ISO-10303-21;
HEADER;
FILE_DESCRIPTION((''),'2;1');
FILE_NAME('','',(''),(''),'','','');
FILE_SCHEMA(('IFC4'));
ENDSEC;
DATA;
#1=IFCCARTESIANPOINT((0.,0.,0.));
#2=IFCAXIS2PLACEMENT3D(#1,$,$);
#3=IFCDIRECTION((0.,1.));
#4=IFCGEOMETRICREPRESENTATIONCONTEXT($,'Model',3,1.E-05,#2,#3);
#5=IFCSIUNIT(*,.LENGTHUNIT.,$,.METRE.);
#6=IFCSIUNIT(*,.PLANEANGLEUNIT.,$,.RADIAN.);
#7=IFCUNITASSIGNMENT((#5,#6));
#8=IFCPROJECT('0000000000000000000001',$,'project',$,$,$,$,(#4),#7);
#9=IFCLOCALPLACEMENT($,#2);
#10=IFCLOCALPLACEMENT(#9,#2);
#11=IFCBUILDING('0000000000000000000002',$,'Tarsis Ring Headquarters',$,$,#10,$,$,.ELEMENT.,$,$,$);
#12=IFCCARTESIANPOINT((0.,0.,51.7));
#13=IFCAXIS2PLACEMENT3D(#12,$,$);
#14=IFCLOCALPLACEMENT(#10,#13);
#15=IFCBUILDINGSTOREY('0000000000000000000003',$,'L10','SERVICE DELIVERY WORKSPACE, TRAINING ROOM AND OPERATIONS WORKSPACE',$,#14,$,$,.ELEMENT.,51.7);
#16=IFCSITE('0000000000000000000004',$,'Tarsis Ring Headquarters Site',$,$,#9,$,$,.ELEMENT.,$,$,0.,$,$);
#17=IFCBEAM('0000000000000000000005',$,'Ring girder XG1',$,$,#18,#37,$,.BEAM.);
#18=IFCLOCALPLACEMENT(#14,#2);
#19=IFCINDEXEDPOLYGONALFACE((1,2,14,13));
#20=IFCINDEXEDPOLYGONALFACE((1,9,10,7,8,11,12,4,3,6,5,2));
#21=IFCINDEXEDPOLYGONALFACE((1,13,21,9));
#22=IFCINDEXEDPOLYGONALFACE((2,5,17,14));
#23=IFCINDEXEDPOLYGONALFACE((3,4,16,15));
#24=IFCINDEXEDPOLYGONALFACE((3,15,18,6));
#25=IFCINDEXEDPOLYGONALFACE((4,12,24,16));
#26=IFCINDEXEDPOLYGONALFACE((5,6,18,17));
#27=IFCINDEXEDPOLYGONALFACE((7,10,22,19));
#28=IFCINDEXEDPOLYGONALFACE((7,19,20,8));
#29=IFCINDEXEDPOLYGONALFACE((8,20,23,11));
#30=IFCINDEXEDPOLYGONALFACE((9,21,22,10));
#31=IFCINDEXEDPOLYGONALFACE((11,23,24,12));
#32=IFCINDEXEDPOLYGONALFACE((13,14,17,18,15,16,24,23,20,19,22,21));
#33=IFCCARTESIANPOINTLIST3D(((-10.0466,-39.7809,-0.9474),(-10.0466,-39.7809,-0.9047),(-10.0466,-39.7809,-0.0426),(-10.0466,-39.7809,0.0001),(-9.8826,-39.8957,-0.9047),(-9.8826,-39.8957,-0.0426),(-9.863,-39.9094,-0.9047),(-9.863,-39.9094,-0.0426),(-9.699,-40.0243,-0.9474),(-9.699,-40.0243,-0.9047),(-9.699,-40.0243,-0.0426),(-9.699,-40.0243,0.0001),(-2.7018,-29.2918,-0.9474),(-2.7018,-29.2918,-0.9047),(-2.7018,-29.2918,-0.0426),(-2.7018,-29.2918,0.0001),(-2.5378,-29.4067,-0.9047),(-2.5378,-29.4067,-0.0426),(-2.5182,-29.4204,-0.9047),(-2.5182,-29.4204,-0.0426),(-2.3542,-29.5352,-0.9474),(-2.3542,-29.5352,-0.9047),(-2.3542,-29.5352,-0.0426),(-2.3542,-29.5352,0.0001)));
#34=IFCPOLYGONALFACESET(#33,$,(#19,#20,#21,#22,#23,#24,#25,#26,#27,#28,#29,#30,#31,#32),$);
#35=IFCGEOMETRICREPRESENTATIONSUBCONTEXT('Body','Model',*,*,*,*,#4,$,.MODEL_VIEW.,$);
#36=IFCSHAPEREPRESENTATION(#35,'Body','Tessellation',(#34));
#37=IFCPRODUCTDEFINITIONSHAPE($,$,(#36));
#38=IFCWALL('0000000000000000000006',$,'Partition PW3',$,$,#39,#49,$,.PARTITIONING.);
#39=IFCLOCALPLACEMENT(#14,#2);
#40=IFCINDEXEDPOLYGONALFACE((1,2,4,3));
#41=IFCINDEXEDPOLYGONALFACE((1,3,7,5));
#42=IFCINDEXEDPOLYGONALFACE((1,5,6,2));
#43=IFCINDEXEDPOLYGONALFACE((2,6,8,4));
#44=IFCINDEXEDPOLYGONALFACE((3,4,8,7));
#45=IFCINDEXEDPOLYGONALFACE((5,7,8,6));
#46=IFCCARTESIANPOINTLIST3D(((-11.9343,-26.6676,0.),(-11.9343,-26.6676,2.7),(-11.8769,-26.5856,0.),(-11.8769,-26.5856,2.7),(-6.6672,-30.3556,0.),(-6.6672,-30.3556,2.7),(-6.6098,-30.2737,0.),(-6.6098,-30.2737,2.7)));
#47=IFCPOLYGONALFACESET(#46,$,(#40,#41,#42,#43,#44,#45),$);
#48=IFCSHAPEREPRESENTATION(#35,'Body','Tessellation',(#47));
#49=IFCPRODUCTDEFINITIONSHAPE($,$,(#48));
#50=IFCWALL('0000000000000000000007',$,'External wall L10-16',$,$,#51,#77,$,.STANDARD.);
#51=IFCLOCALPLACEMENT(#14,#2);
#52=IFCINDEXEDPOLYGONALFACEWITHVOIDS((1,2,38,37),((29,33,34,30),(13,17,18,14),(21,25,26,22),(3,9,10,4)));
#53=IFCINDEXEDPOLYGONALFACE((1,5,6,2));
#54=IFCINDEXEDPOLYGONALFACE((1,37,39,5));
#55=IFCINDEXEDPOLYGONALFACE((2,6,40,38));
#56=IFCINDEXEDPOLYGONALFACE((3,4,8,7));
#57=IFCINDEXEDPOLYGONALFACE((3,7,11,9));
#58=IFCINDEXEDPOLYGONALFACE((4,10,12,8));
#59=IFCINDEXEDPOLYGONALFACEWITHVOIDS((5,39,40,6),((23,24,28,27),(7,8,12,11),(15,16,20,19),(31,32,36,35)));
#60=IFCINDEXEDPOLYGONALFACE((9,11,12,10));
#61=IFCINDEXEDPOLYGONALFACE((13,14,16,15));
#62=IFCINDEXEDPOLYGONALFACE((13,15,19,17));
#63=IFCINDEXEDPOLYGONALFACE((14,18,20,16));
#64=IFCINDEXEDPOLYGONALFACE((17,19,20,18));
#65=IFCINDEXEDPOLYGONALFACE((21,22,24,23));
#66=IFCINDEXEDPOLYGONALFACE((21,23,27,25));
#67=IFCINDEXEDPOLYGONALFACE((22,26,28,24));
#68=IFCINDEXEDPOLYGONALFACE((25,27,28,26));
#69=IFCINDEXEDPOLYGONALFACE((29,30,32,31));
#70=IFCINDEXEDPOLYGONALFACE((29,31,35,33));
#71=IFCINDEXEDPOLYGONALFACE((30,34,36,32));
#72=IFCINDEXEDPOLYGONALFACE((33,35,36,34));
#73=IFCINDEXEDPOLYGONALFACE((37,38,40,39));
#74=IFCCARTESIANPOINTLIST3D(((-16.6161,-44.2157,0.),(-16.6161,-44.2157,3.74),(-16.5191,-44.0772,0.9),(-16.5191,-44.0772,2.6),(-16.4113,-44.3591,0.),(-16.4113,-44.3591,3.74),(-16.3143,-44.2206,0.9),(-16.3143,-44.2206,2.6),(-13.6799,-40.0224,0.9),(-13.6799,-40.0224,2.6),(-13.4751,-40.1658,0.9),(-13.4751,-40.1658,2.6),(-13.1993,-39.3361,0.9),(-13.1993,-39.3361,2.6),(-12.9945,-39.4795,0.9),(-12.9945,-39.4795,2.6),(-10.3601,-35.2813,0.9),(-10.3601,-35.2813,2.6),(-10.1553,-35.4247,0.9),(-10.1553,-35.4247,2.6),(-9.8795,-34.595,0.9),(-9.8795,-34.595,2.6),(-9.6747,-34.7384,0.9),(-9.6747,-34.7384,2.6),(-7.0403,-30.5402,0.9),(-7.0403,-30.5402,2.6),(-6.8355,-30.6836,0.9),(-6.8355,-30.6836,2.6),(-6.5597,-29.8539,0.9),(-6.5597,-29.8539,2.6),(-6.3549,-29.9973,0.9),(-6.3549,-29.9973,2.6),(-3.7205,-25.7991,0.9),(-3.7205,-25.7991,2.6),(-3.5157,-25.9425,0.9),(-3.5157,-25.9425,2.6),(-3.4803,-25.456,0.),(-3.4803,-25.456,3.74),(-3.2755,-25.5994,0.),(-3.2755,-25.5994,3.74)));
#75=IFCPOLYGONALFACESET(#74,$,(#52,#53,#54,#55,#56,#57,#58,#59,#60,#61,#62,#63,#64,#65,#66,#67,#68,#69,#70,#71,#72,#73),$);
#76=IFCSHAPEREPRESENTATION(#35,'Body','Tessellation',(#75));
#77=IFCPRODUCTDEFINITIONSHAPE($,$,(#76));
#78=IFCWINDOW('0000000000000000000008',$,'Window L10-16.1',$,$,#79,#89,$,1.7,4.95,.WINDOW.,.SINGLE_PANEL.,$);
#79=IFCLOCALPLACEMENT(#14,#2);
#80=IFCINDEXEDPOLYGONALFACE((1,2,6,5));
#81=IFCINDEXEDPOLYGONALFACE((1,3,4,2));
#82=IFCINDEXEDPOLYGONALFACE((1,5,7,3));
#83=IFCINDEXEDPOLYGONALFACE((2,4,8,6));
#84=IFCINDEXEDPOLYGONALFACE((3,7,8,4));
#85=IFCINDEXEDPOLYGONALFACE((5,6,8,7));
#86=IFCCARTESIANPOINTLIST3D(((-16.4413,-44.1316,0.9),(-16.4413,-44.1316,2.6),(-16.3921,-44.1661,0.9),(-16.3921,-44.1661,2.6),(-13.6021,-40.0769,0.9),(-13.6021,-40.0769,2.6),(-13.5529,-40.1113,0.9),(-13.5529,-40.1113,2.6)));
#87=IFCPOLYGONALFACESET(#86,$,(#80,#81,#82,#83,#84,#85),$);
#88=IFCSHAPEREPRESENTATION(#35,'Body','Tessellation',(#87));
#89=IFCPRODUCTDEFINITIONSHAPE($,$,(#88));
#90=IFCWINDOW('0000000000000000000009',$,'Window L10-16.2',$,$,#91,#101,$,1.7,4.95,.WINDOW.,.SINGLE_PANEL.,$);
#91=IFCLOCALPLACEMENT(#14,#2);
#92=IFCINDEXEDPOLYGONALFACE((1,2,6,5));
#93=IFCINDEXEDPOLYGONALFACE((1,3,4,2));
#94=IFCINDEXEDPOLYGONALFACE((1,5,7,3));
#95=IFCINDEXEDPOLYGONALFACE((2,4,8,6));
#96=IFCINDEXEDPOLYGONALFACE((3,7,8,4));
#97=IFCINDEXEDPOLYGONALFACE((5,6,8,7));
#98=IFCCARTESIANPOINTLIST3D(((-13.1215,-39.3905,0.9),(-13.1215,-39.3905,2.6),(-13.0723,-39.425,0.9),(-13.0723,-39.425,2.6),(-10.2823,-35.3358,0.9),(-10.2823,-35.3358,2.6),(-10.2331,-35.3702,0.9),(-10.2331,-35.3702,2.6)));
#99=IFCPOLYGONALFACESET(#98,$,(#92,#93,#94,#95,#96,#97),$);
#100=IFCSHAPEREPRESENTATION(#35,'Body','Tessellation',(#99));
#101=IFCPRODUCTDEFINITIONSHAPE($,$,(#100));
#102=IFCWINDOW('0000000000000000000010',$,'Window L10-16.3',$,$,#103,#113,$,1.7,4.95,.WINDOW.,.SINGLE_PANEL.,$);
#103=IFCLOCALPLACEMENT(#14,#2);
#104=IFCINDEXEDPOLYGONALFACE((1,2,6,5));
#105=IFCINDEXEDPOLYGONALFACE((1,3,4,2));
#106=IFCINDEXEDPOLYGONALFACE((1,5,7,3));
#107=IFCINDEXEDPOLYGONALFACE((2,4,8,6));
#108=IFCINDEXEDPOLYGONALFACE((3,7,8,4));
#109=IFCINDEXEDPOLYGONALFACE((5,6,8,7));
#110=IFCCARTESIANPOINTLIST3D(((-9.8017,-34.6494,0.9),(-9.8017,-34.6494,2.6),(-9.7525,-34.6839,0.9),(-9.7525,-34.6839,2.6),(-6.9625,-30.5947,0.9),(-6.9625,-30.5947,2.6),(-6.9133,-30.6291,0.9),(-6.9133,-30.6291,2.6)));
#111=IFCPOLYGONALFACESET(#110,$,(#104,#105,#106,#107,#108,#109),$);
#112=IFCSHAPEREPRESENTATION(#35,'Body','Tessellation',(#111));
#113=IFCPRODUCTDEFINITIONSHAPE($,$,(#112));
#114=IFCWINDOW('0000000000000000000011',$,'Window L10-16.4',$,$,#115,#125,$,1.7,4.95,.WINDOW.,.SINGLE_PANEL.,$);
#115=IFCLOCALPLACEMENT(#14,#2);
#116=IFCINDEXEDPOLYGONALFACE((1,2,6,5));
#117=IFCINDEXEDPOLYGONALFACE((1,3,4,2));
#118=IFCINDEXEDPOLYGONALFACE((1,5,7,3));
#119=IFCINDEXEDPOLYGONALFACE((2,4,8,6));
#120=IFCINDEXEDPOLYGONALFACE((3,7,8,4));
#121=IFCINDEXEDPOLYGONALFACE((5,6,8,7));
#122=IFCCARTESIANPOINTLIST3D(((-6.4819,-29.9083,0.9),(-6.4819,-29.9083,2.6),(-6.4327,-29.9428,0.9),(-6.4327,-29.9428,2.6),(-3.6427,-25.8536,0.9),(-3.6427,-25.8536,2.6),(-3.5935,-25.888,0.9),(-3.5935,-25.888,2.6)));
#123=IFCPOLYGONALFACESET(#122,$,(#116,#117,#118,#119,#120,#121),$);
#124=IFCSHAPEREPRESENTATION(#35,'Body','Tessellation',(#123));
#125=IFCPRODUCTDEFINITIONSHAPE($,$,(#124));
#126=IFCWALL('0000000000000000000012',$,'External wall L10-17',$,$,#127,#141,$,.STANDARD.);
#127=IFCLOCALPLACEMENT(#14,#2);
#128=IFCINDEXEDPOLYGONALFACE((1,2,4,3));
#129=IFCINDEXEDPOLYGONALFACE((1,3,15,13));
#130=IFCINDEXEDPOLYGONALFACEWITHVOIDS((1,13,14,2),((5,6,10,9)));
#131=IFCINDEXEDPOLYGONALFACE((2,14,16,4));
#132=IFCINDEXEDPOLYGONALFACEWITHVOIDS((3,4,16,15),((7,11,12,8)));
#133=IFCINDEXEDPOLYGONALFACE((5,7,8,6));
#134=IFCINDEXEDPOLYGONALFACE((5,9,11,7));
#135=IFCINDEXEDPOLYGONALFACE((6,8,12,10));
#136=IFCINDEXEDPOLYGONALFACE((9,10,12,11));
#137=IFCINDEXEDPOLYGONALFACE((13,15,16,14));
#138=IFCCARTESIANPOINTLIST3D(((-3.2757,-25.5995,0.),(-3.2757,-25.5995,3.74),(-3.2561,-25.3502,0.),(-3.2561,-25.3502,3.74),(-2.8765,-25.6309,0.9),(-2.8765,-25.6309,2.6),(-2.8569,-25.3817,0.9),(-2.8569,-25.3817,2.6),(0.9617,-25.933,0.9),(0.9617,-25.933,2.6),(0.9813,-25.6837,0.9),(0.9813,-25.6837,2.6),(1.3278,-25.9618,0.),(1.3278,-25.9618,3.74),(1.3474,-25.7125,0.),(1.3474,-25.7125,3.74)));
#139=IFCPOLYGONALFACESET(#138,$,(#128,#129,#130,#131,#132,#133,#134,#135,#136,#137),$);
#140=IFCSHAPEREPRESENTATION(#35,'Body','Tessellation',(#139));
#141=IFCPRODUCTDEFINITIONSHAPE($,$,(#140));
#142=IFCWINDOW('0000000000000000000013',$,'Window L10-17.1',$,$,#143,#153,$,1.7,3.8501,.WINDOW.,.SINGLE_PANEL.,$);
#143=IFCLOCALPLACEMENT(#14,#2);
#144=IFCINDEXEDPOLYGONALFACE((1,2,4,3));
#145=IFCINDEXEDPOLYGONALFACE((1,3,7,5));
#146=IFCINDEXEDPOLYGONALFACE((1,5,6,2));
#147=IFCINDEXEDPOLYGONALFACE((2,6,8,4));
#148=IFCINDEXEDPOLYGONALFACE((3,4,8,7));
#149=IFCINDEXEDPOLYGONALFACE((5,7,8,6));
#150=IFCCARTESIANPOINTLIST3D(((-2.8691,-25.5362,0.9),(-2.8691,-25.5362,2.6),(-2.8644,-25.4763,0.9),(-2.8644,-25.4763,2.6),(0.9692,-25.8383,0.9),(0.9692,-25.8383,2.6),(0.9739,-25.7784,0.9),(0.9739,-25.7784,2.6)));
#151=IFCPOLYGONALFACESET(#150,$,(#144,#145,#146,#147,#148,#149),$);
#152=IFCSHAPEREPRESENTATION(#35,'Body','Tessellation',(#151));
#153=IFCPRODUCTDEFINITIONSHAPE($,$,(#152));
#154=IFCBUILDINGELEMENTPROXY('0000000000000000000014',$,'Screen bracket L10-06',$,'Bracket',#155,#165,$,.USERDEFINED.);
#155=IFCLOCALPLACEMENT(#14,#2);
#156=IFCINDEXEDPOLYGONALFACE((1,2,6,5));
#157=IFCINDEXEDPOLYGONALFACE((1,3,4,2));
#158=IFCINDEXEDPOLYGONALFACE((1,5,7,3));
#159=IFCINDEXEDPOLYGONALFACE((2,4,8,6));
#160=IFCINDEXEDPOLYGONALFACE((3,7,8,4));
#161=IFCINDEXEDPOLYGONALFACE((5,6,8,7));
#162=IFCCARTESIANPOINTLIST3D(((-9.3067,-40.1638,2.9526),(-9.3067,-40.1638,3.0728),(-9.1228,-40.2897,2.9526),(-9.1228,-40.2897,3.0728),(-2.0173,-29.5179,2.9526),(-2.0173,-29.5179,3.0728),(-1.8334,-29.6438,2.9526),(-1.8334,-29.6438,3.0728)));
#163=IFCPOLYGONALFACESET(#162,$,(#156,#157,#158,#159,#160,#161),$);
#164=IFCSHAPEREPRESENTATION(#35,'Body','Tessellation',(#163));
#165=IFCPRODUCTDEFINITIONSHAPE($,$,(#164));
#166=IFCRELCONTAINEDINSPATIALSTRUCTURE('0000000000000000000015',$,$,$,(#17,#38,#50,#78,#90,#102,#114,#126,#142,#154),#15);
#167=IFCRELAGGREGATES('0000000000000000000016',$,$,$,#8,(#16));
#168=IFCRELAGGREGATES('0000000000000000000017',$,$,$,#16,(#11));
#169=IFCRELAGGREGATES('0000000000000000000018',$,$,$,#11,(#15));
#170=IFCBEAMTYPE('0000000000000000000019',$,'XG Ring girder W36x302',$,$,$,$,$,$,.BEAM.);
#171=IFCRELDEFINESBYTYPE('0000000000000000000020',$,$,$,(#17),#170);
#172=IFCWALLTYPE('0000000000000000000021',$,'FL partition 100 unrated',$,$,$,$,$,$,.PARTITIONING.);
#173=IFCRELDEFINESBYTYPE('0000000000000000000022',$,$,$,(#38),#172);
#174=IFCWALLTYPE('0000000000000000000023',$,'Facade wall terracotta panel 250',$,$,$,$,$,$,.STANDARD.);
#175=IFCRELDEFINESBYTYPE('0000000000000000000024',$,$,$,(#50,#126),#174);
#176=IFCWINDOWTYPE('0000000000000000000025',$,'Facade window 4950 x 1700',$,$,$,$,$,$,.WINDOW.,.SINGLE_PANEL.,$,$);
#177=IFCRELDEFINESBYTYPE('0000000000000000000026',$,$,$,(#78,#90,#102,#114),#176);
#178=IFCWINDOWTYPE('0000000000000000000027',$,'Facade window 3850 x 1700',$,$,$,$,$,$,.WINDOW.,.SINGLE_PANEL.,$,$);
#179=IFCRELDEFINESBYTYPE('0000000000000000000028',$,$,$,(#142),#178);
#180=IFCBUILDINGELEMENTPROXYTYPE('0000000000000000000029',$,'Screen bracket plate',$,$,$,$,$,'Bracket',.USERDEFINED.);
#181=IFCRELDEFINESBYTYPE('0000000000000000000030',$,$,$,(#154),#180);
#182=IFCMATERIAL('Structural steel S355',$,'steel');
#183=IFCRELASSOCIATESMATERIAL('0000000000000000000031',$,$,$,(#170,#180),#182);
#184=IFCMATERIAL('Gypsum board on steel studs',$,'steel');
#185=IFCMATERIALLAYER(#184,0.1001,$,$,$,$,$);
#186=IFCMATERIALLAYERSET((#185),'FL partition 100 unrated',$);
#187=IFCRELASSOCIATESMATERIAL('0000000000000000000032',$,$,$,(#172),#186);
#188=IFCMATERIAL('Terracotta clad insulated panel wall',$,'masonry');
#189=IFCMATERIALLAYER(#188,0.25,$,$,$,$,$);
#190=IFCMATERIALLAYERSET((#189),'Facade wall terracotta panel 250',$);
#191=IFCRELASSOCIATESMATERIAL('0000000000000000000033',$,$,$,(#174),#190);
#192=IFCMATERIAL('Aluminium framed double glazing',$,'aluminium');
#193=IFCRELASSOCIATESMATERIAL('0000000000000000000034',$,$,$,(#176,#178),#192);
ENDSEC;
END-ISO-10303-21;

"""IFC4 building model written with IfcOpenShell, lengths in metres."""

from ifc_helpers import new_model, si_unit, direction, frame, frame_2d, origin, origin_2d, place, context, subcontext, project, spatial, rectangle, i_section, extrude, material, layer, layer_set, material_profile, profile_set, type_object, element, fill, save


model = new_model("IFC4")

# Units and contexts
model_context = context("Model", 3, precision=1e-05, world=origin(), true_north=direction((0.0, 1.0)))
body_context = subcontext(model_context, "Body", "Model", "MODEL_VIEW")
ifc_project = project(units=[si_unit("LENGTHUNIT", "METRE"), si_unit("PLANEANGLEUNIT", "RADIAN")], contexts=[model_context])

# Site, building, storey
site_placement = place(None, origin())
site = spatial("IfcSite", under=ifc_project, at=site_placement, Name="Tarsis Ring Headquarters Site", CompositionType="ELEMENT", RefElevation=0.0)
building_placement = place(site_placement, origin())
building = spatial("IfcBuilding", under=site, at=building_placement, Name="Tarsis Ring Headquarters", CompositionType="ELEMENT")
storey_placement = place(building_placement, frame((0.0, 0.0, 51.7)))
storey = spatial("IfcBuildingStorey", under=building, at=storey_placement, Name="L10", Description="SERVICE DELIVERY WORKSPACE, TRAINING ROOM AND OPERATIONS WORKSPACE", CompositionType="ELEMENT", Elevation=51.7)

# Beam
ifc_material_1 = material(Name="Structural steel S355", Category="steel")
ifc_material_profile_1 = material_profile(ifc_material_1, i_section(OverallWidth=0.4243, OverallDepth=0.9475, WebThickness=0.0239, FlangeThickness=0.0427, at=origin_2d()), Name="W36x302")
ifc_profile_set_1 = profile_set([ifc_material_profile_1], Name="Structural steel S355")
beam_type = type_object("IfcBeamType", Name="XG Ring girder W36x302", PredefinedType="BEAM", material=ifc_profile_set_1)
beam_placement = place(storey_placement, frame((-9.8728, -39.9026, -0.4736), z_axis=(0.573589, 0.819143, 0.0), x_axis=(-0.819143, 0.573589, 0.0)))
element("IfcBeam", 1, at=beam_placement, inside=storey, type_object=beam_type, Name="Ring girder XG1", PredefinedType="BEAM", context=body_context, shape_type="SweptSolid", body=[
    extrude(i_section(OverallWidth=0.4243, OverallDepth=0.9475, WebThickness=0.0239, FlangeThickness=0.0427, at=origin_2d()), origin(), (0.0, 0.0, 1.0), 12.8049),
])

# Wall
ifc_material_2 = material(Name="Gypsum board on steel studs", Category="steel")
ifc_layer_1 = layer(ifc_material_2, 0.1001)
ifc_layer_set_1 = layer_set([ifc_layer_1], Name="FL partition 100 unrated")
wall_type_1 = type_object("IfcWallType", Name="FL partition 100 unrated", PredefinedType="PARTITIONING", material=ifc_layer_set_1)
wall_1_placement = place(storey_placement, frame((-11.9055, -26.6267, 0.0), z_axis=(0.0, 0.0, 1.0), x_axis=(0.819157, -0.573569, 0.0)))
element("IfcWall", 2, at=wall_1_placement, inside=storey, type_object=wall_type_1, Name="Partition PW3", PredefinedType="PARTITIONING", context=body_context, shape_type="SweptSolid", body=[
    extrude(rectangle(XDim=6.4299, YDim=0.1001, at=frame_2d((3.2148, 0.0))), origin(), (0.0, 0.0, 1.0), 2.7),
])

# Wall, openings, windows
ifc_material_3 = material(Name="Terracotta clad insulated panel wall", Category="masonry")
ifc_layer_2 = layer(ifc_material_3, 0.25)
ifc_layer_set_2 = layer_set([ifc_layer_2], Name="Facade wall terracotta panel 250")
wall_type_2 = type_object("IfcWallType", Name="Facade wall terracotta panel 250", PredefinedType="STANDARD", material=ifc_layer_set_2)
wall_2_placement = place(storey_placement, frame((-16.5137, -44.2874, 0.0), z_axis=(0.0, 0.0, 1.0), x_axis=(0.573582, 0.819148, 0.0)))
wall_2 = element("IfcWall", 3, at=wall_2_placement, inside=storey, type_object=wall_type_2, Name="External wall L10-16", PredefinedType="STANDARD", context=body_context, shape_type="SweptSolid", body=[
    extrude(rectangle(XDim=22.9014, YDim=0.25, at=frame_2d((11.4507, 0.0))), origin(), (0.0, 0.0, 1.0), 3.74),
])
opening_1_placement = place(wall_2_placement, frame((0.1689, 0.0, 0.8999)))
opening_1 = element("IfcOpeningElement", 4, at=opening_1_placement, cuts=wall_2, PredefinedType="OPENING", context=body_context, shape_type="SweptSolid", body=[
    extrude(rectangle(XDim=4.95, YDim=1.7, at=frame_2d((2.4751, 0.8501))), frame((0.0, 0.135, 0.0), z_axis=(0.0, -1.0, 0.0), x_axis=(1.0, 0.0, 0.0)), (0.0, 0.0, 1.0), 0.27),
])
opening_2_placement = place(wall_2_placement, frame((5.9568, 0.0, 0.8999)))
opening_2 = element("IfcOpeningElement", 5, at=opening_2_placement, cuts=wall_2, PredefinedType="OPENING", context=body_context, shape_type="SweptSolid", body=[
    extrude(rectangle(XDim=4.95, YDim=1.7, at=frame_2d((2.4751, 0.8501))), frame((0.0, 0.135, 0.0), z_axis=(0.0, -1.0, 0.0), x_axis=(1.0, 0.0, 0.0)), (0.0, 0.0, 1.0), 0.27),
])
opening_3_placement = place(wall_2_placement, frame((11.7446, 0.0, 0.8999)))
opening_3 = element("IfcOpeningElement", 6, at=opening_3_placement, cuts=wall_2, PredefinedType="OPENING", context=body_context, shape_type="SweptSolid", body=[
    extrude(rectangle(XDim=4.95, YDim=1.7, at=frame_2d((2.4751, 0.8501))), frame((0.0, 0.135, 0.0), z_axis=(0.0, -1.0, 0.0), x_axis=(1.0, 0.0, 0.0)), (0.0, 0.0, 1.0), 0.27),
])
opening_4_placement = place(wall_2_placement, frame((17.5325, 0.0, 0.8999)))
opening_4 = element("IfcOpeningElement", 7, at=opening_4_placement, cuts=wall_2, PredefinedType="OPENING", context=body_context, shape_type="SweptSolid", body=[
    extrude(rectangle(XDim=4.95, YDim=1.7, at=frame_2d((2.4751, 0.8501))), frame((0.0, 0.135, 0.0), z_axis=(0.0, -1.0, 0.0), x_axis=(1.0, 0.0, 0.0)), (0.0, 0.0, 1.0), 0.27),
])
ifc_material_4 = material(Name="Aluminium framed double glazing", Category="aluminium")
window_type_1 = type_object("IfcWindowType", Name="Facade window 4950 x 1700", PartitioningType="SINGLE_PANEL", PredefinedType="WINDOW", material=ifc_material_4)
window_1_placement = place(opening_1_placement, origin())
window_1 = element("IfcWindow", 8, at=window_1_placement, inside=storey, type_object=window_type_1, Name="Window L10-16.1", OverallHeight=1.7, OverallWidth=4.95, PartitioningType="SINGLE_PANEL", PredefinedType="WINDOW", context=body_context, shape_type="SweptSolid", body=[
    extrude(rectangle(XDim=4.95, YDim=1.7, at=frame_2d((2.4751, 0.8501))), frame((0.0, 0.03, 0.0), z_axis=(0.0, -1.0, 0.0), x_axis=(1.0, 0.0, 0.0)), (0.0, 0.0, 1.0), 0.0601),
])
fill(opening_1, window_1)
window_2_placement = place(opening_2_placement, origin())
window_2 = element("IfcWindow", 9, at=window_2_placement, inside=storey, type_object=window_type_1, Name="Window L10-16.2", OverallHeight=1.7, OverallWidth=4.95, PartitioningType="SINGLE_PANEL", PredefinedType="WINDOW", context=body_context, shape_type="SweptSolid", body=[
    extrude(rectangle(XDim=4.95, YDim=1.7, at=frame_2d((2.4751, 0.8501))), frame((0.0, 0.03, 0.0), z_axis=(0.0, -1.0, 0.0), x_axis=(1.0, 0.0, 0.0)), (0.0, 0.0, 1.0), 0.0601),
])
fill(opening_2, window_2)
window_3_placement = place(opening_3_placement, origin())
window_3 = element("IfcWindow", 10, at=window_3_placement, inside=storey, type_object=window_type_1, Name="Window L10-16.3", OverallHeight=1.7, OverallWidth=4.95, PartitioningType="SINGLE_PANEL", PredefinedType="WINDOW", context=body_context, shape_type="SweptSolid", body=[
    extrude(rectangle(XDim=4.95, YDim=1.7, at=frame_2d((2.4751, 0.8501))), frame((0.0, 0.03, 0.0), z_axis=(0.0, -1.0, 0.0), x_axis=(1.0, 0.0, 0.0)), (0.0, 0.0, 1.0), 0.0601),
])
fill(opening_3, window_3)
window_4_placement = place(opening_4_placement, origin())
window_4 = element("IfcWindow", 11, at=window_4_placement, inside=storey, type_object=window_type_1, Name="Window L10-16.4", OverallHeight=1.7, OverallWidth=4.95, PartitioningType="SINGLE_PANEL", PredefinedType="WINDOW", context=body_context, shape_type="SweptSolid", body=[
    extrude(rectangle(XDim=4.95, YDim=1.7, at=frame_2d((2.4751, 0.8501))), frame((0.0, 0.03, 0.0), z_axis=(0.0, -1.0, 0.0), x_axis=(1.0, 0.0, 0.0)), (0.0, 0.0, 1.0), 0.0601),
])
fill(opening_4, window_4)

# Wall, opening, window
wall_3_placement = place(storey_placement, frame((-3.2659, -25.4749, 0.0), z_axis=(0.0, 0.0, 1.0), x_axis=(0.996917, -0.078459, 0.0)))
wall_3 = element("IfcWall", 12, at=wall_3_placement, inside=storey, type_object=wall_type_2, Name="External wall L10-17", PredefinedType="STANDARD", context=body_context, shape_type="SweptSolid", body=[
    extrude(rectangle(XDim=4.6177, YDim=0.25, at=frame_2d((2.3088, 0.0))), origin(), (0.0, 0.0, 1.0), 3.74),
])
opening_5_placement = place(wall_3_placement, frame((0.4004, 0.0, 0.8999)))
opening_5 = element("IfcOpeningElement", 13, at=opening_5_placement, cuts=wall_3, PredefinedType="OPENING", context=body_context, shape_type="SweptSolid", body=[
    extrude(rectangle(XDim=3.8501, YDim=1.7, at=frame_2d((1.925, 0.8501))), frame((0.0, 0.135, 0.0), z_axis=(0.0, -1.0, 0.0), x_axis=(1.0, 0.0, 0.0)), (0.0, 0.0, 1.0), 0.27),
])
window_type_2 = type_object("IfcWindowType", Name="Facade window 3850 x 1700", PartitioningType="SINGLE_PANEL", PredefinedType="WINDOW", material=ifc_material_4)
window_5_placement = place(opening_5_placement, origin())
window_5 = element("IfcWindow", 14, at=window_5_placement, inside=storey, type_object=window_type_2, Name="Window L10-17.1", OverallHeight=1.7, OverallWidth=3.8501, PartitioningType="SINGLE_PANEL", PredefinedType="WINDOW", context=body_context, shape_type="SweptSolid", body=[
    extrude(rectangle(XDim=3.8501, YDim=1.7, at=frame_2d((1.925, 0.8501))), frame((0.0, 0.03, 0.0), z_axis=(0.0, -1.0, 0.0), x_axis=(1.0, 0.0, 0.0)), (0.0, 0.0, 1.0), 0.0601),
])
fill(opening_5, window_5)

# Building element proxy
building_element_proxy_type = type_object("IfcBuildingElementProxyType", Name="Screen bracket plate", ElementType="Bracket", PredefinedType="USERDEFINED", material=ifc_material_1)
proxy_placement = place(storey_placement, frame((-5.5701, -34.9038, 2.9526), z_axis=(0.0, 0.0, 1.0), x_axis=(0.564967, 0.825114, 0.0)))
element("IfcBuildingElementProxy", 15, at=proxy_placement, inside=storey, type_object=building_element_proxy_type, Name="Screen bracket L10-06", ObjectType="Bracket", PredefinedType="USERDEFINED", context=body_context, shape_type="SweptSolid", body=[
    extrude(rectangle(XDim=12.9023, YDim=0.2229, at=origin_2d()), origin(), (0.0, 0.0, 1.0), 0.1201),
])

save(model, "model.ifc")
